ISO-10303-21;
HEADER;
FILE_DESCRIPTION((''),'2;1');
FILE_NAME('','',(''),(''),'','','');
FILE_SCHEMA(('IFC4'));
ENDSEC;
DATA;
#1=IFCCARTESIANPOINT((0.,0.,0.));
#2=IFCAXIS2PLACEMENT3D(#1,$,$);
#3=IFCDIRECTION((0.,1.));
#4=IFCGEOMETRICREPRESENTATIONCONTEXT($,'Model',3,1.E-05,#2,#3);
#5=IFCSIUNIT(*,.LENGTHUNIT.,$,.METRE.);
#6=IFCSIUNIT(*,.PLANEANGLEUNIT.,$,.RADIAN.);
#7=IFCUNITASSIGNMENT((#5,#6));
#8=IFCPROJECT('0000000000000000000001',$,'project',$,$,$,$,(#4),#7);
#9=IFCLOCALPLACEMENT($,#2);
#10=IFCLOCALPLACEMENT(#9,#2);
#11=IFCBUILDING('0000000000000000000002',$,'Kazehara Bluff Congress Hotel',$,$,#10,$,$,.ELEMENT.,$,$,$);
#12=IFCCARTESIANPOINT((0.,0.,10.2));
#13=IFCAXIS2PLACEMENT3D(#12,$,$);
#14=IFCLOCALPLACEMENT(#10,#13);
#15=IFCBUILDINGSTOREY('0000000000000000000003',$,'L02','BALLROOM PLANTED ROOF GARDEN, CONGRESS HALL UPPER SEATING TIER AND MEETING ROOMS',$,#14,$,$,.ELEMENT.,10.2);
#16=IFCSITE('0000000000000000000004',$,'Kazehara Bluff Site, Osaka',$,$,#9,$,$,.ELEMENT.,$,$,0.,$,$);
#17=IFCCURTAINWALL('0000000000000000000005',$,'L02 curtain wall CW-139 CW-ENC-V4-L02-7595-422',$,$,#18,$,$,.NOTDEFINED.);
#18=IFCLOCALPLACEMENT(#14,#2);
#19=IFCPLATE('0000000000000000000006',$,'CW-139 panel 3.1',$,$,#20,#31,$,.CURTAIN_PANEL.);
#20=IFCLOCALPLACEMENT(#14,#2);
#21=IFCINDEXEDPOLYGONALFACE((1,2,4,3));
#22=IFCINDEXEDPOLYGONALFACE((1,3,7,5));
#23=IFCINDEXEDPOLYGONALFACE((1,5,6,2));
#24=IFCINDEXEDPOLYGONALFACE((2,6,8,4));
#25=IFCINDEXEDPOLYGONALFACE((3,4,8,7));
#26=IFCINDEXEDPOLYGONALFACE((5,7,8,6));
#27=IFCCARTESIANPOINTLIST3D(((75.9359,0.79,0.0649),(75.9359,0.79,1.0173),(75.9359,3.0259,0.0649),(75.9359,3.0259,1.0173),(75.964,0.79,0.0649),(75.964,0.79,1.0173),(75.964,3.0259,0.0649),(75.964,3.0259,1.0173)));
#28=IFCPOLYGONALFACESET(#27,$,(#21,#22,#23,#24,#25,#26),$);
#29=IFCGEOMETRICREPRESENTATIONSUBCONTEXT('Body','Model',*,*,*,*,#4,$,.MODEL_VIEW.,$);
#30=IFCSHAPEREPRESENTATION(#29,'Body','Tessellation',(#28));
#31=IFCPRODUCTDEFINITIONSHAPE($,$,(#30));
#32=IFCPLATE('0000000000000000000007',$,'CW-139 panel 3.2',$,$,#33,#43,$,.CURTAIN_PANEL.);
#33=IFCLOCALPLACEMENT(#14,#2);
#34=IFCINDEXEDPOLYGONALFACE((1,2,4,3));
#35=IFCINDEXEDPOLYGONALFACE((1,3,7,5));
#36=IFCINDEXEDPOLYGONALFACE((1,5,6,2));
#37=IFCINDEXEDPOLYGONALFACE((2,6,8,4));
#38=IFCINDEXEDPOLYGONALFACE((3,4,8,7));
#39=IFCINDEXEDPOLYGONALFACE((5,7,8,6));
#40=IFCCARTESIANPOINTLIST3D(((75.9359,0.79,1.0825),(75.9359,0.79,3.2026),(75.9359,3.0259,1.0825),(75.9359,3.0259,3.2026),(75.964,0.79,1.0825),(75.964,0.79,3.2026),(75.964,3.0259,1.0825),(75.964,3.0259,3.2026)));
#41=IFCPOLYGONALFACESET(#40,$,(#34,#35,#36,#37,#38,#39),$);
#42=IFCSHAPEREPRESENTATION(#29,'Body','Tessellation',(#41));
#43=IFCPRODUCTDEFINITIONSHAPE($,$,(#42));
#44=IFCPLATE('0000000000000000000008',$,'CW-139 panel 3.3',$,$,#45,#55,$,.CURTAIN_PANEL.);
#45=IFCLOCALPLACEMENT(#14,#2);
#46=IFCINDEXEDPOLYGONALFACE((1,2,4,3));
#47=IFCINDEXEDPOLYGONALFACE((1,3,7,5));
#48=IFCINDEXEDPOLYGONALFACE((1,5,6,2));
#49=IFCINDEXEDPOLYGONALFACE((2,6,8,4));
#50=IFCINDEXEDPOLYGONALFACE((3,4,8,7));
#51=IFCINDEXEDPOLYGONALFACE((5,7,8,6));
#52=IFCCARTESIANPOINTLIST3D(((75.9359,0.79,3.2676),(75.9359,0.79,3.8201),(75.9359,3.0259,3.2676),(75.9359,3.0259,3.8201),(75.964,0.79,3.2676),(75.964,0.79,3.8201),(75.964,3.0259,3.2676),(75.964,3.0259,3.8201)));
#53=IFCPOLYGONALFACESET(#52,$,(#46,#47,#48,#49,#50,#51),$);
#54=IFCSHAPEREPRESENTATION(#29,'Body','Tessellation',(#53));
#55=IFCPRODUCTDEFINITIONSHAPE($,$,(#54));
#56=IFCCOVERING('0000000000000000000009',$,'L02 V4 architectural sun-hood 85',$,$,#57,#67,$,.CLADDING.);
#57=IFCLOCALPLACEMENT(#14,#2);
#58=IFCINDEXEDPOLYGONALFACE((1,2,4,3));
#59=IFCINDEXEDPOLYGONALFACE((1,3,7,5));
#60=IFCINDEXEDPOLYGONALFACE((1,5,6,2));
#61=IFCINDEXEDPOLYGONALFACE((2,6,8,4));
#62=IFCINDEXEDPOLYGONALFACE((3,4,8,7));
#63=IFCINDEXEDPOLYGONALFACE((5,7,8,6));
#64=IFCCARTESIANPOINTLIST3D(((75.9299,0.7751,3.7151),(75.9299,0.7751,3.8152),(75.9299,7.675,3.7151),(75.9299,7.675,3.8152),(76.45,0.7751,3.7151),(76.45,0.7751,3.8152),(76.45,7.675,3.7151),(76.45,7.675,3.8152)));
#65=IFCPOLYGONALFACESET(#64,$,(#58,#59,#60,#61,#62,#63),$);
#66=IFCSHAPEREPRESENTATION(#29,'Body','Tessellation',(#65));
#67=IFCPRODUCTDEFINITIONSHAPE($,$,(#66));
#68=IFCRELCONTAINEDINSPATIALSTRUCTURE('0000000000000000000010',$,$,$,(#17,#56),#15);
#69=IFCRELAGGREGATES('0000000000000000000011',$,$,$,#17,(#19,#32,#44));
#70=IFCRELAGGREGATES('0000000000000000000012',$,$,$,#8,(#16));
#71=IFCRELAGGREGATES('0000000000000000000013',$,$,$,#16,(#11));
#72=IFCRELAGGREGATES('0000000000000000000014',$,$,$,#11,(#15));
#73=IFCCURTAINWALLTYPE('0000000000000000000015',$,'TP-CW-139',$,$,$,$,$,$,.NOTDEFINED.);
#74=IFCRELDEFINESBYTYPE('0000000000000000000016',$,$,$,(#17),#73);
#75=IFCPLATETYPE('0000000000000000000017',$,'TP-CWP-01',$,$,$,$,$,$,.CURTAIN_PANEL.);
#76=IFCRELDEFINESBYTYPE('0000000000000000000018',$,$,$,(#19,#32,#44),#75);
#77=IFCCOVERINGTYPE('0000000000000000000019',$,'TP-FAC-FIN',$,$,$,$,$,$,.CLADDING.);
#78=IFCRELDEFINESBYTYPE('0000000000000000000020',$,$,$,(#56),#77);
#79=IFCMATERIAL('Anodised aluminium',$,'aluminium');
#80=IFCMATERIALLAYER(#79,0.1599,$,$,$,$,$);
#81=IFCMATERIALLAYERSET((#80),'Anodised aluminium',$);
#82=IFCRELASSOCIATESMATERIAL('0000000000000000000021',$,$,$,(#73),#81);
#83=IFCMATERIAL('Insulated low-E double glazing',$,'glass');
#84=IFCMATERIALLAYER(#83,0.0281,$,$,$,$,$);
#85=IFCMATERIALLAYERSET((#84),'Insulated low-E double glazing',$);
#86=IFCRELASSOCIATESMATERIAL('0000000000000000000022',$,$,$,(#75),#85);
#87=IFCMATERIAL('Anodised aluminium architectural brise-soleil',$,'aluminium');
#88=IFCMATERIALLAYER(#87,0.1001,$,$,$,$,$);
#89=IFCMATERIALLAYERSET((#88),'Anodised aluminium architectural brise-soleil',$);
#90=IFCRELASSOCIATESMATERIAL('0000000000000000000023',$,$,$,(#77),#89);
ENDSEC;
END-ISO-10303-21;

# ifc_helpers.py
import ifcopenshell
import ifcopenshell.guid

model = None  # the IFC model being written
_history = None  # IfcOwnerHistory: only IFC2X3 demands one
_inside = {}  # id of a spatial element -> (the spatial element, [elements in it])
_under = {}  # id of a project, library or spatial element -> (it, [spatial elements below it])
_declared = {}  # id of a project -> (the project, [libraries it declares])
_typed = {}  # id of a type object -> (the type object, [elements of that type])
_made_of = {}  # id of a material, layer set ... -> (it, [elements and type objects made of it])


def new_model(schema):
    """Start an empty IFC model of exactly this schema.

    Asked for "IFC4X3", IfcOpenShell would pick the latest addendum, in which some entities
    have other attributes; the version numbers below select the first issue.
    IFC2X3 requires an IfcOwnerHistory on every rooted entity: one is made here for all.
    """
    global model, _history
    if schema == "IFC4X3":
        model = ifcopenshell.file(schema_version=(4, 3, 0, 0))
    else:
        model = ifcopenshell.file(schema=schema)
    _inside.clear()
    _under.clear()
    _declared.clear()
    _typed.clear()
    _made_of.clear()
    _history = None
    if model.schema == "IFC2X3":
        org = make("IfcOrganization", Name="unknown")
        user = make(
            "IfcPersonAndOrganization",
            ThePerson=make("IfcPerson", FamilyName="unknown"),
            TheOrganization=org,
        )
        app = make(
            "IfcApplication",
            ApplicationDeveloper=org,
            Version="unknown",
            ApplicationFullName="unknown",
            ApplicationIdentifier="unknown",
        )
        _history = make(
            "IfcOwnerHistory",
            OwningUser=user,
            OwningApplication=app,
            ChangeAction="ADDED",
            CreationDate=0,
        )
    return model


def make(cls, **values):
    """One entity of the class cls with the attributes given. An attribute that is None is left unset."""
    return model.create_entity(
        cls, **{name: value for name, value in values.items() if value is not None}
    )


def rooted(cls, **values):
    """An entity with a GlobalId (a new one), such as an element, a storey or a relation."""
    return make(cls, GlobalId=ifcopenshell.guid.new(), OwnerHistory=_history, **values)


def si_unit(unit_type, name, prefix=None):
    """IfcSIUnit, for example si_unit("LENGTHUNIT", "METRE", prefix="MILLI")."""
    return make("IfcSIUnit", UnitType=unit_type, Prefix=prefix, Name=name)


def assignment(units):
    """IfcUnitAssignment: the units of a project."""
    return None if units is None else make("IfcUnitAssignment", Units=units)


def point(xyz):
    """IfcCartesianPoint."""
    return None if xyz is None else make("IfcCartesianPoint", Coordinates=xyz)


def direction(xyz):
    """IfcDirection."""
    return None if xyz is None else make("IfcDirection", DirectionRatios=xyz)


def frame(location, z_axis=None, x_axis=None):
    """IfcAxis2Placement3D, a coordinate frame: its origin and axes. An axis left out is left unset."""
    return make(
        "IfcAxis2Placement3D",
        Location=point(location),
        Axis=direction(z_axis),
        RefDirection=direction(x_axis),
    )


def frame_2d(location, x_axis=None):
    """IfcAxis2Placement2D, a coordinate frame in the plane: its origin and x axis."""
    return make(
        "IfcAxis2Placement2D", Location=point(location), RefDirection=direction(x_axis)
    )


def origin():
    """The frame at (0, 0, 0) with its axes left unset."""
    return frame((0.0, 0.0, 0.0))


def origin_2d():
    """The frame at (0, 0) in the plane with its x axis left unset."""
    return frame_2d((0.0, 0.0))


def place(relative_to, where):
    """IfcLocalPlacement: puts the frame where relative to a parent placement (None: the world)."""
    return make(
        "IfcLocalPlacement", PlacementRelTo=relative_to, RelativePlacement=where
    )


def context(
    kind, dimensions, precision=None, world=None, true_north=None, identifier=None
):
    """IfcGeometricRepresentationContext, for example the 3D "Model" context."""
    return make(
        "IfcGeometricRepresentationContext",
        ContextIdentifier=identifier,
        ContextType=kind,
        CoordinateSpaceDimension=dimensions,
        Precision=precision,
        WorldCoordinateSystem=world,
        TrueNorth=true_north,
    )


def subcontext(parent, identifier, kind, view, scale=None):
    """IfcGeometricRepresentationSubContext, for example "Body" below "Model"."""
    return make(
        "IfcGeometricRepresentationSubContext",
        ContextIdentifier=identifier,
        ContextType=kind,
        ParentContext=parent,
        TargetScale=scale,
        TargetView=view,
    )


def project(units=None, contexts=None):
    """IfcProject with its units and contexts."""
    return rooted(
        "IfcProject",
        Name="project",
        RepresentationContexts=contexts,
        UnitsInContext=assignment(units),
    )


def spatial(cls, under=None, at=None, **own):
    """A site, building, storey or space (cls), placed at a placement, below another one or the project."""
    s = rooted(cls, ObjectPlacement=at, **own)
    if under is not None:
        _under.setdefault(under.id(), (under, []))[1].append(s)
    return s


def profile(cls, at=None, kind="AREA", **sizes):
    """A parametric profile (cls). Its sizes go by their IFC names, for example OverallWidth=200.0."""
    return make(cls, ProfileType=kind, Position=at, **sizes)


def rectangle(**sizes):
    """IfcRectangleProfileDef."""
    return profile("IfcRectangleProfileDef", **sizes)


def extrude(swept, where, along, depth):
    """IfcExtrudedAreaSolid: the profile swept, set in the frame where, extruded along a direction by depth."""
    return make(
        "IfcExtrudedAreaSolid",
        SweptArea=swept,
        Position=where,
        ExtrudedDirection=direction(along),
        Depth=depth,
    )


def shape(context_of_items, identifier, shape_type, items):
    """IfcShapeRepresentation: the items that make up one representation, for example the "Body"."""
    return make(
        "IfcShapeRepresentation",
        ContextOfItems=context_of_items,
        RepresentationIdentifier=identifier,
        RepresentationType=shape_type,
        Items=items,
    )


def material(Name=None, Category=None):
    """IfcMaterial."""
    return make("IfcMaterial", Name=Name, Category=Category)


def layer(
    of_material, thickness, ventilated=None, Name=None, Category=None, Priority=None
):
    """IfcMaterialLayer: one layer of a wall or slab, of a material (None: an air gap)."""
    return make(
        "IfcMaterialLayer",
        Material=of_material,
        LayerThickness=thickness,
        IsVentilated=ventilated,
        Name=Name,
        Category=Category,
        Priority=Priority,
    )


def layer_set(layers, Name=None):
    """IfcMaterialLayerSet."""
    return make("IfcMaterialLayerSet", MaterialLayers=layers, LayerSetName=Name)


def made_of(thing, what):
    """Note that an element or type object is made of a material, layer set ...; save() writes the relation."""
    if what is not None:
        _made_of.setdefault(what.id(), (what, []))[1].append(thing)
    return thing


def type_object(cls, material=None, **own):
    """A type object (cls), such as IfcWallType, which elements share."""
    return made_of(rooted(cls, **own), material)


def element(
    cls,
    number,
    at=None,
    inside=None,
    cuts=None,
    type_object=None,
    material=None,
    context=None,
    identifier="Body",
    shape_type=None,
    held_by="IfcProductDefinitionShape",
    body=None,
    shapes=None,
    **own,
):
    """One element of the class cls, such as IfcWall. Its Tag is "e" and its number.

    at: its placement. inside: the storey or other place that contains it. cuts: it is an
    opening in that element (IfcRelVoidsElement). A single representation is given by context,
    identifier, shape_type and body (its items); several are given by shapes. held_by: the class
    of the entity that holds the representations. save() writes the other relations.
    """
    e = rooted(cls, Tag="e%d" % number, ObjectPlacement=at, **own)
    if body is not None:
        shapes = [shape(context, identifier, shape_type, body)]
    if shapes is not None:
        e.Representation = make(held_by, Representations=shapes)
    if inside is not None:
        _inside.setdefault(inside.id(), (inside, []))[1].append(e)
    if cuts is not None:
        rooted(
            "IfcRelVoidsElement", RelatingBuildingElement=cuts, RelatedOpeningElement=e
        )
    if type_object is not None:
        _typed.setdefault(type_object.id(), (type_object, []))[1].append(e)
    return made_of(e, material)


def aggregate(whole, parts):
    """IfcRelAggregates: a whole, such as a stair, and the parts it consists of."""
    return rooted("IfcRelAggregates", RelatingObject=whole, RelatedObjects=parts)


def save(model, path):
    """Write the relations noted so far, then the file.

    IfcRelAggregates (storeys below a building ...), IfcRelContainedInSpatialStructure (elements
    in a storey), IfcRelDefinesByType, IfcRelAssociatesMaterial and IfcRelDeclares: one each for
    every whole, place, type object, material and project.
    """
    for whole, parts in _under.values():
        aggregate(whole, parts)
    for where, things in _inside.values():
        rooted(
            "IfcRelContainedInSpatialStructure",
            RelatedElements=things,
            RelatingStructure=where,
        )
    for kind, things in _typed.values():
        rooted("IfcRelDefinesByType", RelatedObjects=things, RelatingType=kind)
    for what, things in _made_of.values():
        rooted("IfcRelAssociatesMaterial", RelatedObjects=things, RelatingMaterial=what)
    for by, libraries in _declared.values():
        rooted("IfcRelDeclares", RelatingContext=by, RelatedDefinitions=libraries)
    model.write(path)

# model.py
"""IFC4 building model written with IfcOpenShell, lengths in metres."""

from ifc_helpers import new_model, si_unit, direction, frame, origin, origin_2d, place, context, subcontext, project, spatial, rectangle, extrude, material, layer, layer_set, type_object, element, aggregate, save


model = new_model("IFC4")

# Units and contexts
model_context = context("Model", 3, precision=1e-05, world=origin(), true_north=direction((0.0, 1.0)))
body_context = subcontext(model_context, "Body", "Model", "MODEL_VIEW")
ifc_project = project(units=[si_unit("LENGTHUNIT", "METRE"), si_unit("PLANEANGLEUNIT", "RADIAN")], contexts=[model_context])

# Site, building, storey
site_placement = place(None, origin())
site = spatial("IfcSite", under=ifc_project, at=site_placement, Name="Kazehara Bluff Site, Osaka", CompositionType="ELEMENT", RefElevation=0.0)
building_placement = place(site_placement, origin())
building = spatial("IfcBuilding", under=site, at=building_placement, Name="Kazehara Bluff Congress Hotel", CompositionType="ELEMENT")
storey_placement = place(building_placement, frame((0.0, 0.0, 10.2)))
storey = spatial("IfcBuildingStorey", under=building, at=storey_placement, Name="L02", Description="BALLROOM PLANTED ROOF GARDEN, CONGRESS HALL UPPER SEATING TIER AND MEETING ROOMS", CompositionType="ELEMENT", Elevation=10.2)

# Curtain wall
ifc_material_1 = material(Name="Anodised aluminium", Category="aluminium")
ifc_layer_1 = layer(ifc_material_1, 0.1599)
ifc_layer_set_1 = layer_set([ifc_layer_1], Name="Anodised aluminium")
curtain_wall_type = type_object("IfcCurtainWallType", Name="TP-CW-139", PredefinedType="NOTDEFINED", material=ifc_layer_set_1)
curtain_wall_placement = place(storey_placement, origin())
curtain_wall = element("IfcCurtainWall", 1, at=curtain_wall_placement, inside=storey, type_object=curtain_wall_type, Name="L02 curtain wall CW-139 CW-ENC-V4-L02-7595-422", PredefinedType="NOTDEFINED")

# Plates
ifc_material_2 = material(Name="Insulated low-E double glazing", Category="glass")
ifc_layer_2 = layer(ifc_material_2, 0.0281)
ifc_layer_set_2 = layer_set([ifc_layer_2], Name="Insulated low-E double glazing")
plate_type = type_object("IfcPlateType", Name="TP-CWP-01", PredefinedType="CURTAIN_PANEL", material=ifc_layer_set_2)
plate_1_placement = place(storey_placement, frame((75.95, 1.908, 0.0649), z_axis=(0.0, 0.0, 1.0), x_axis=(0.0, -1.0, 0.0)))
plate_1 = element("IfcPlate", 2, at=plate_1_placement, type_object=plate_type, Name="CW-139 panel 3.1", PredefinedType="CURTAIN_PANEL", context=body_context, shape_type="SweptSolid", body=[
    extrude(rectangle(XDim=2.2358, YDim=0.0281, at=origin_2d()), origin(), (0.0, 0.0, 1.0), 0.9524),
])
plate_2_placement = place(storey_placement, frame((75.95, 1.908, 1.0825), z_axis=(0.0, 0.0, 1.0), x_axis=(0.0, -1.0, 0.0)))
plate_2 = element("IfcPlate", 3, at=plate_2_placement, type_object=plate_type, Name="CW-139 panel 3.2", PredefinedType="CURTAIN_PANEL", context=body_context, shape_type="SweptSolid", body=[
    extrude(rectangle(XDim=2.2358, YDim=0.0281, at=origin_2d()), origin(), (0.0, 0.0, 1.0), 2.1201),
])
plate_3_placement = place(storey_placement, frame((75.95, 1.908, 3.2676), z_axis=(0.0, 0.0, 1.0), x_axis=(0.0, -1.0, 0.0)))
plate_3 = element("IfcPlate", 4, at=plate_3_placement, type_object=plate_type, Name="CW-139 panel 3.3", PredefinedType="CURTAIN_PANEL", context=body_context, shape_type="SweptSolid", body=[
    extrude(rectangle(XDim=2.2358, YDim=0.0281, at=origin_2d()), origin(), (0.0, 0.0, 1.0), 0.5525),
])
aggregate(curtain_wall, [plate_1, plate_2, plate_3])

# Covering
ifc_material_3 = material(Name="Anodised aluminium architectural brise-soleil", Category="aluminium")
ifc_layer_3 = layer(ifc_material_3, 0.1001)
ifc_layer_set_3 = layer_set([ifc_layer_3], Name="Anodised aluminium architectural brise-soleil")
covering_type = type_object("IfcCoveringType", Name="TP-FAC-FIN", PredefinedType="CLADDING", material=ifc_layer_set_3)
covering_placement = place(storey_placement, frame((76.1899, 4.2251, 3.7151), z_axis=(0.0, 0.0, 1.0), x_axis=(1.0, 0.0, 0.0)))
element("IfcCovering", 5, at=covering_placement, inside=storey, type_object=covering_type, Name="L02 V4 architectural sun-hood 85", PredefinedType="CLADDING", context=body_context, shape_type="SweptSolid", body=[
    extrude(rectangle(XDim=0.52, YDim=6.8999, at=origin_2d()), origin(), (0.0, 0.0, 1.0), 0.1001),
])

save(model, "model.ifc")
